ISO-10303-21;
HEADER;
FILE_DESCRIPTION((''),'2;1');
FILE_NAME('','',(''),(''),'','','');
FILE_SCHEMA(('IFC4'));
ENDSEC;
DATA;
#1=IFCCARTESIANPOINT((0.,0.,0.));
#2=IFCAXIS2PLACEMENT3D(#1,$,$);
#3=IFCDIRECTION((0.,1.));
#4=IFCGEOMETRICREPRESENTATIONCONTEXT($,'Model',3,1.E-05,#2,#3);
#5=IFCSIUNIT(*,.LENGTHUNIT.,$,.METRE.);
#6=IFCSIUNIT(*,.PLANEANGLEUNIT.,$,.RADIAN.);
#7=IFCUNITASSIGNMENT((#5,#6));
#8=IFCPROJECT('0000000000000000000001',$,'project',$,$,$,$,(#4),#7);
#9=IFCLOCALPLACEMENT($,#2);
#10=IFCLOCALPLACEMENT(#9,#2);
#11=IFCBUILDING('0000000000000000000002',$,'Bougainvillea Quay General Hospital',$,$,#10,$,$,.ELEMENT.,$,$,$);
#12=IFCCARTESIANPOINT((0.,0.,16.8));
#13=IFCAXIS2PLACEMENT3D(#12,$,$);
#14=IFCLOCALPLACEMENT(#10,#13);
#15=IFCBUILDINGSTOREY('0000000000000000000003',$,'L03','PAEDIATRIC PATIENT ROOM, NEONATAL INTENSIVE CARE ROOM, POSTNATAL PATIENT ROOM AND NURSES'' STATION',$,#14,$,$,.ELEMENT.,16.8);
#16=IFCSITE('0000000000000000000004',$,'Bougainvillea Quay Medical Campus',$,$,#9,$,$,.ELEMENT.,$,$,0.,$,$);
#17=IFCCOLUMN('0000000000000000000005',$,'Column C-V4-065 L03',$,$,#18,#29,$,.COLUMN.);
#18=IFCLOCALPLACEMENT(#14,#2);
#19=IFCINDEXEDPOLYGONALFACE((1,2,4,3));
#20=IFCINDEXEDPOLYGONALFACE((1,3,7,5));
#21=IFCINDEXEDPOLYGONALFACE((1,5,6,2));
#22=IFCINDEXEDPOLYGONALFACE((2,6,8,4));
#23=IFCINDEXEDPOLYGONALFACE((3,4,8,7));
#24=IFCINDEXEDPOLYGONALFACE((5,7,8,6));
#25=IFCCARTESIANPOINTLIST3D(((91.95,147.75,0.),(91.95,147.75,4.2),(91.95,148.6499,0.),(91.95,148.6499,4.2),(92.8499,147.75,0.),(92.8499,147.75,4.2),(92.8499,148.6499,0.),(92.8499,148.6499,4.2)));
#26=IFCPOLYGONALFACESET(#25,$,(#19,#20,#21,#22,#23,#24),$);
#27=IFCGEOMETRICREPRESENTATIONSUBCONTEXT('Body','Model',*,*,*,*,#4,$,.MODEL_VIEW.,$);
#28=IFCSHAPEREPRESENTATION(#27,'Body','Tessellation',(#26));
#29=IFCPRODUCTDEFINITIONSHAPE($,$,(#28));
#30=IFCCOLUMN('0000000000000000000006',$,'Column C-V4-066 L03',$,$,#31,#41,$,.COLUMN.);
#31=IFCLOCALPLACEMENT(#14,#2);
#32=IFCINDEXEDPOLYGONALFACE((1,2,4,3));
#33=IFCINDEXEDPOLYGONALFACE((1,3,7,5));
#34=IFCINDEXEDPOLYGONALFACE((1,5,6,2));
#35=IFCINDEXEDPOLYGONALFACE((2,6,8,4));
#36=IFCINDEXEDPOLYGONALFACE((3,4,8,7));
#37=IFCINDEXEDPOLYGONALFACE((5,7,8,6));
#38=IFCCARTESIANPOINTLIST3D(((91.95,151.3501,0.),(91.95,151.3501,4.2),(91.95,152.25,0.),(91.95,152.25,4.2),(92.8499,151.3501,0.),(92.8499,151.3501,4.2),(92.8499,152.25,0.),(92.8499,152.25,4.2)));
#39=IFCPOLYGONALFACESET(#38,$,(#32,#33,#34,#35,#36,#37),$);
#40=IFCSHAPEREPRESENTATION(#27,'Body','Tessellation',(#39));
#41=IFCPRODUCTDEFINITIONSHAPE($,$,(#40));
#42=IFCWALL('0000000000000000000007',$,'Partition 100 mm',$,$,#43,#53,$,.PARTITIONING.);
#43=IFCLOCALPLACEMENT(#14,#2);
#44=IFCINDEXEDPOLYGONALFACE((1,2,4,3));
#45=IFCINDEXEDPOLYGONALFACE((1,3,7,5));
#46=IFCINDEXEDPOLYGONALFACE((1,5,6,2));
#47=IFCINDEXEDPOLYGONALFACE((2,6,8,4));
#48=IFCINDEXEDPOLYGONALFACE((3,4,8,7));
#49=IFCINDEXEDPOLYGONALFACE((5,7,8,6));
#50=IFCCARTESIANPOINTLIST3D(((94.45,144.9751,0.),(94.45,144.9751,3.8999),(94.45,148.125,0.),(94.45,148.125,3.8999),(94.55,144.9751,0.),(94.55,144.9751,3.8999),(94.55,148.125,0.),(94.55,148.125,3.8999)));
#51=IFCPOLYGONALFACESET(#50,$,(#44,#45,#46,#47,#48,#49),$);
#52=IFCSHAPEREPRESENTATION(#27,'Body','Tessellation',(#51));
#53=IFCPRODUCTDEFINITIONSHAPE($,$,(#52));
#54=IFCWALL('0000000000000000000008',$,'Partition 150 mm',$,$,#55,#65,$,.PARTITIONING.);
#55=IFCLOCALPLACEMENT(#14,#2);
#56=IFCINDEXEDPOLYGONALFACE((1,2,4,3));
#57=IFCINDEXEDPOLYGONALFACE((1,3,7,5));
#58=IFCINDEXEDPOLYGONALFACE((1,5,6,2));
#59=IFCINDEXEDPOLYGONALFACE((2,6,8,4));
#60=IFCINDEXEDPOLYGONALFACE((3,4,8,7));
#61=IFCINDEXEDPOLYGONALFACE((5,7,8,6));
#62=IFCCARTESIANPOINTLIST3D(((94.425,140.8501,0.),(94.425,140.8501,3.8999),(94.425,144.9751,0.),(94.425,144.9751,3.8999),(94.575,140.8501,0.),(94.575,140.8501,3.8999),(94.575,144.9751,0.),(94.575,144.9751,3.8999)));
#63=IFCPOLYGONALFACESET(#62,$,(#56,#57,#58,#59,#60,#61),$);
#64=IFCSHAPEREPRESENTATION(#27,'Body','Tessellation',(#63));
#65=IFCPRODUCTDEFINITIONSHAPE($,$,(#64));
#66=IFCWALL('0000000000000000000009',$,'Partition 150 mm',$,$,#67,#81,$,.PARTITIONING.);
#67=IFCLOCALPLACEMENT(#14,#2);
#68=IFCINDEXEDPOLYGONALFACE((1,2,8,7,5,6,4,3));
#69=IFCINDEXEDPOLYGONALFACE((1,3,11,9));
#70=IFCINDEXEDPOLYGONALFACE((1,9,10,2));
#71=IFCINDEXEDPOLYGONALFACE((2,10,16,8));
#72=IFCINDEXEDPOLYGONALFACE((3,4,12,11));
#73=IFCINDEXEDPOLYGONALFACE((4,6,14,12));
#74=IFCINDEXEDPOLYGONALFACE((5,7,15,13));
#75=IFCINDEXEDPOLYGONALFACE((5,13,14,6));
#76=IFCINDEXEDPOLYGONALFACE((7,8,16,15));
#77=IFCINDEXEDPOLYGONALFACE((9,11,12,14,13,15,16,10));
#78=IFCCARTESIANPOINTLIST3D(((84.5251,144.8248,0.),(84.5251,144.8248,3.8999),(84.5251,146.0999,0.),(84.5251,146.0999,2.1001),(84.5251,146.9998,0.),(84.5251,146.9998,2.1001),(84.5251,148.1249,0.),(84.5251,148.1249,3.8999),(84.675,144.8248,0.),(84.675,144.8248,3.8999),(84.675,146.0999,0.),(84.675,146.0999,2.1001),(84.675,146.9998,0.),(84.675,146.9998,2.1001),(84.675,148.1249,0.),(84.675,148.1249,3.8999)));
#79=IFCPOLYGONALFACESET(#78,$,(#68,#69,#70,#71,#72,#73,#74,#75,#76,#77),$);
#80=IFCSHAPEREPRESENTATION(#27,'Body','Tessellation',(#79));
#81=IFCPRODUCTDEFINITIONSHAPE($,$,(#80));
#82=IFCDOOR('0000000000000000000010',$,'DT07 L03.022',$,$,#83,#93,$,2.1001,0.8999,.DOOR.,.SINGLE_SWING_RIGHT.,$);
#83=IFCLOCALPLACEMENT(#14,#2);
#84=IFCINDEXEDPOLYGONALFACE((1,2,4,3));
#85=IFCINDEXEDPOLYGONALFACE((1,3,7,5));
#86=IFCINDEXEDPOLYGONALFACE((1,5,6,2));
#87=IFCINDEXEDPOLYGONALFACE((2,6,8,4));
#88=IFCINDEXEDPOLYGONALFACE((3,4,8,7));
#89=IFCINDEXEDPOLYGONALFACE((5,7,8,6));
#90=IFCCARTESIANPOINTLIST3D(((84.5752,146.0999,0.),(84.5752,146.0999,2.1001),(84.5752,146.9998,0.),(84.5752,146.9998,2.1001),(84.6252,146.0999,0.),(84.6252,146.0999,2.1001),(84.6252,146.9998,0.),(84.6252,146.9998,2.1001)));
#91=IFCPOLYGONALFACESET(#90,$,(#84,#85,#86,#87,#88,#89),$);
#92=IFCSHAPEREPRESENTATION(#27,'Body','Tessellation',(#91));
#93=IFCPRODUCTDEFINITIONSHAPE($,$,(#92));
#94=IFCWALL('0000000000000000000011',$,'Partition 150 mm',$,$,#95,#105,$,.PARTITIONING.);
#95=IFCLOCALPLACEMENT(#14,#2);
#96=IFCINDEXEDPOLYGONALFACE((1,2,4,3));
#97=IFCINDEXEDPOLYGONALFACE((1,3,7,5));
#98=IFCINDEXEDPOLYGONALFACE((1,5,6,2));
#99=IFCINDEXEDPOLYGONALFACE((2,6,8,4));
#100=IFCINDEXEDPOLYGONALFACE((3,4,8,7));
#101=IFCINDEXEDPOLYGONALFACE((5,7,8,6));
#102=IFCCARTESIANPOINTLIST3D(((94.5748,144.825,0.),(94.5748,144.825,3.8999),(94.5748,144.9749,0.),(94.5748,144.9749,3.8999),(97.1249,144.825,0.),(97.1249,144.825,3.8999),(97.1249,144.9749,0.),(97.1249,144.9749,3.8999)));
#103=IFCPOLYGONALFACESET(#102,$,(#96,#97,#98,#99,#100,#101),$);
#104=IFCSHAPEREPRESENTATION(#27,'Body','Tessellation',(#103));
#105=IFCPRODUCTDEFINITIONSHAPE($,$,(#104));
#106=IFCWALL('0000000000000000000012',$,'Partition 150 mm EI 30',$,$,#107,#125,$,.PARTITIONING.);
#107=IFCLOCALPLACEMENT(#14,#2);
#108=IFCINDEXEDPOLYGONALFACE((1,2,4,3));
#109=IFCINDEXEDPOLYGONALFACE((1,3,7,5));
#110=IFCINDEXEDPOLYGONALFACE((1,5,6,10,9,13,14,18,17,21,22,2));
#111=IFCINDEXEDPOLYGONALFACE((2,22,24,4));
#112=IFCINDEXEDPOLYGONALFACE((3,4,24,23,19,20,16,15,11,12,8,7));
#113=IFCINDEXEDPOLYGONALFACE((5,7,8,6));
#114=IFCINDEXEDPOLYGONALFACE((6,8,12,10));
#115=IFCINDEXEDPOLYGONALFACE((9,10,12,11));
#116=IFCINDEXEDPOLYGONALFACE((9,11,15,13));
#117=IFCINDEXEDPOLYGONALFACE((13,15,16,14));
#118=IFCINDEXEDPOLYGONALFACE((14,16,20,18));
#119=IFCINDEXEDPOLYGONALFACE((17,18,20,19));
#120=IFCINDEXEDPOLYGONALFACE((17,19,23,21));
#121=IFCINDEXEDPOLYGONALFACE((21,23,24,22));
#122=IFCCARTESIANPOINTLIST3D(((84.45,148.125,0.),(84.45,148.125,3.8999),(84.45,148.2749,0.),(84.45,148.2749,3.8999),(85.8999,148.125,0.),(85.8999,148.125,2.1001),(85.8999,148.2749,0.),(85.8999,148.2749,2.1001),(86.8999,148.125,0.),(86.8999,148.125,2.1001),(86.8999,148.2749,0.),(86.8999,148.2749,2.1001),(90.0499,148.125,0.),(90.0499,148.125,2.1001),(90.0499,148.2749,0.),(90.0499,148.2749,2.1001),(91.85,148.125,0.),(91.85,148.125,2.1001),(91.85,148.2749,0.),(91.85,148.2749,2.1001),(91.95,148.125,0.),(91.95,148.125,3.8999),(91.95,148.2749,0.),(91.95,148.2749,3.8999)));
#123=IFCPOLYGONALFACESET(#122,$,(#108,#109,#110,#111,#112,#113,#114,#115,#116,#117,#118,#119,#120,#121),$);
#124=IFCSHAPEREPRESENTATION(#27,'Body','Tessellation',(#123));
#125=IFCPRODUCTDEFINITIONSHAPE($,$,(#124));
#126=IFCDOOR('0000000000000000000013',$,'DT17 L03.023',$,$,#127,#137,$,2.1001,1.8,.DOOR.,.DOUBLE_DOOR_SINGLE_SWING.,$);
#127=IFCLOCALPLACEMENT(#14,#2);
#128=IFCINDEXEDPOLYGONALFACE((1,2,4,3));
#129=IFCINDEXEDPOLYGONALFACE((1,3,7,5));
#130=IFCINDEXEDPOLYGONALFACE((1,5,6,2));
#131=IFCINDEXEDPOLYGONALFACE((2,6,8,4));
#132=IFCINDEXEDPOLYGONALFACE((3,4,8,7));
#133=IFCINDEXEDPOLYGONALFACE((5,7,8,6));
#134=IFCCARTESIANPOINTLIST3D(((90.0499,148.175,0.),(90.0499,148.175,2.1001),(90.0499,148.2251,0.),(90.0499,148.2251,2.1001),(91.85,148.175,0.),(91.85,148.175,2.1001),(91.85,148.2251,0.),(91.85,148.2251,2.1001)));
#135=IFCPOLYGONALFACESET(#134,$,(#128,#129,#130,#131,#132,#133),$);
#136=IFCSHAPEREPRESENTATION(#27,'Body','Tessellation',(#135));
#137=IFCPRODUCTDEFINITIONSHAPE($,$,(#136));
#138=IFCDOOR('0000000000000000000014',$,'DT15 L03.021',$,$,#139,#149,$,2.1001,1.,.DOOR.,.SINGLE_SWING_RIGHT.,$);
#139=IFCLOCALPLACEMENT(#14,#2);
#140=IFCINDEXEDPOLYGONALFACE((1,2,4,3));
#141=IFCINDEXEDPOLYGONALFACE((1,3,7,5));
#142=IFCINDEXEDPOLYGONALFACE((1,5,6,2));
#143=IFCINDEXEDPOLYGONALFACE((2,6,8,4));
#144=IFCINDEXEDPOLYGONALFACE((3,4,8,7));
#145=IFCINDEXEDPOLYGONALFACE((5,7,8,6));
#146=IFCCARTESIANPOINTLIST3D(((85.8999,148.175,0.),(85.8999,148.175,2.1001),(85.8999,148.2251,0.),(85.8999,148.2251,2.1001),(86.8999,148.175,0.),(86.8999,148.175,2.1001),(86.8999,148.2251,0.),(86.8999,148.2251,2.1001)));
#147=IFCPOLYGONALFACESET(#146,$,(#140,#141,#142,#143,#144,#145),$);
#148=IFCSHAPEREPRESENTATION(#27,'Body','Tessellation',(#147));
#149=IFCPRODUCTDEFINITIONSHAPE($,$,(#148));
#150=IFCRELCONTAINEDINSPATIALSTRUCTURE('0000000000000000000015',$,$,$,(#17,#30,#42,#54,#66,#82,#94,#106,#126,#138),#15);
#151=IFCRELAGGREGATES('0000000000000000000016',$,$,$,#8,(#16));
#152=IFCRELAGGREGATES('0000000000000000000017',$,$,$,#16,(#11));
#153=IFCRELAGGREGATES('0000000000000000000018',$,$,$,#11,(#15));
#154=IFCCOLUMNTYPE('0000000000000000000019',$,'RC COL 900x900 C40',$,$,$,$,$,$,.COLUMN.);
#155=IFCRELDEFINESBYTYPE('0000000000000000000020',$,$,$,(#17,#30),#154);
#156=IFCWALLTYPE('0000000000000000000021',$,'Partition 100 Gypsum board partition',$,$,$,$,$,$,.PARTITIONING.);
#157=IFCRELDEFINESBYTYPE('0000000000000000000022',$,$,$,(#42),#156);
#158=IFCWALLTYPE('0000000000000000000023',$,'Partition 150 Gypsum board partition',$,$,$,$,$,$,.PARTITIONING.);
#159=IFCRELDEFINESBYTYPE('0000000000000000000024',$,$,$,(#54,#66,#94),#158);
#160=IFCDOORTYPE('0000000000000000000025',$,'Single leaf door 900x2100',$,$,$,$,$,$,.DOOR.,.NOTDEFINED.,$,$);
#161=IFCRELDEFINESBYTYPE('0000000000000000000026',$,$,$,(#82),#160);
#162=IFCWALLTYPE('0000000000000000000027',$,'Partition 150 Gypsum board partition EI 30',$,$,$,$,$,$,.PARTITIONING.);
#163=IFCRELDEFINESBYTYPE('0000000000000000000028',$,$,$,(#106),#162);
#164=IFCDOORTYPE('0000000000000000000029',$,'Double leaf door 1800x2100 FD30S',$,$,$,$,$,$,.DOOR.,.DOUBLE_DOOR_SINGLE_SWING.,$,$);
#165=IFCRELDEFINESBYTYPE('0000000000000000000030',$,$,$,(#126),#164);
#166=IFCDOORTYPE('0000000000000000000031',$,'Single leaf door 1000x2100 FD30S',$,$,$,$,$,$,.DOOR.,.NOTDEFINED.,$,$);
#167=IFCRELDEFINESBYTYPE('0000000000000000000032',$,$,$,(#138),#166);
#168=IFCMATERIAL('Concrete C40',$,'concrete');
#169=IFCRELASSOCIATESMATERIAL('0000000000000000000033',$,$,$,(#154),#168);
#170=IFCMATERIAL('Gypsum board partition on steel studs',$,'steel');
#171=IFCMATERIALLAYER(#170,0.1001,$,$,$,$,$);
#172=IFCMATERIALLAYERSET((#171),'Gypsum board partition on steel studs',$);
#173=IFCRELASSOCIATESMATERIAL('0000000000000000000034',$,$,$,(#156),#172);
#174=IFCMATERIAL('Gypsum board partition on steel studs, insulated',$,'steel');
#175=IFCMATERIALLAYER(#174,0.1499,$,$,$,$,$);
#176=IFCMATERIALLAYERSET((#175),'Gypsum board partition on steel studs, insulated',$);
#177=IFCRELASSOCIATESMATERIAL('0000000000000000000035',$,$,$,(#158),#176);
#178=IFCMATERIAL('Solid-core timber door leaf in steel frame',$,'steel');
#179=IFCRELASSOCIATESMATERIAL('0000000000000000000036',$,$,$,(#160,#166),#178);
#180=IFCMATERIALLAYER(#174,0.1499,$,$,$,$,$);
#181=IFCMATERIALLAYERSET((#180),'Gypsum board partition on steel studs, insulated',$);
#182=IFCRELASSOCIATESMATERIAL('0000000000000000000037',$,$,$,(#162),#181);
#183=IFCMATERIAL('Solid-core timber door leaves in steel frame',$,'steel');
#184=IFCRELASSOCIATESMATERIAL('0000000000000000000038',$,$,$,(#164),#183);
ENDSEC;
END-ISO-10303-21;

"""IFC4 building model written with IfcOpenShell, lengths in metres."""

from ifc_helpers import new_model, si_unit, direction, frame, frame_2d, origin, origin_2d, place, context, subcontext, project, spatial, rectangle, extrude, material, layer, layer_set, material_profile, profile_set, type_object, element, fill, save


model = new_model("IFC4")

# Units and contexts
model_context = context("Model", 3, precision=1e-05, world=origin(), true_north=direction((0.0, 1.0)))
body_context = subcontext(model_context, "Body", "Model", "MODEL_VIEW")
ifc_project = project(units=[si_unit("LENGTHUNIT", "METRE"), si_unit("PLANEANGLEUNIT", "RADIAN")], contexts=[model_context])

# Site, building, storey
site_placement = place(None, origin())
site = spatial("IfcSite", under=ifc_project, at=site_placement, Name="Bougainvillea Quay Medical Campus", CompositionType="ELEMENT", RefElevation=0.0)
building_placement = place(site_placement, origin())
building = spatial("IfcBuilding", under=site, at=building_placement, Name="Bougainvillea Quay General Hospital", CompositionType="ELEMENT")
storey_placement = place(building_placement, frame((0.0, 0.0, 16.8)))
storey = spatial("IfcBuildingStorey", under=building, at=storey_placement, Name="L03", Description="PAEDIATRIC PATIENT ROOM, NEONATAL INTENSIVE CARE ROOM, POSTNATAL PATIENT ROOM AND NURSES' STATION", CompositionType="ELEMENT", Elevation=16.8)

# Columns
ifc_material_1 = material(Name="Concrete C40", Category="concrete")
ifc_material_profile = material_profile(ifc_material_1, rectangle(XDim=0.8999, YDim=0.8999, at=origin_2d()))
ifc_profile_set = profile_set([ifc_material_profile], Name="Concrete C40")
column_type = type_object("IfcColumnType", Name="RC COL 900x900 C40", PredefinedType="COLUMN", material=ifc_profile_set)
for number, where, z_axis, x_axis, name in (
    (1, (92.3999, 148.2, 0.0), (0.0, 0.0, 1.0), (1.0, 0.0, 0.0), "Column C-V4-065 L03"),
    (2, (92.3999, 151.8, 0.0), (0.0, 0.0, 1.0), (1.0, 0.0, 0.0), "Column C-V4-066 L03"),
):
    element("IfcColumn", number, at=place(storey_placement, frame(where, z_axis=z_axis, x_axis=x_axis)), inside=storey, type_object=column_type, Name=name, PredefinedType="COLUMN", context=body_context, shape_type="SweptSolid", body=[
        extrude(rectangle(XDim=0.8999, YDim=0.8999, at=origin_2d()), origin(), (0.0, 0.0, 1.0), 4.2),
    ])

# Walls
ifc_material_2 = material(Name="Gypsum board partition on steel studs", Category="steel")
ifc_layer_1 = layer(ifc_material_2, 0.1001)
ifc_layer_set_1 = layer_set([ifc_layer_1], Name="Gypsum board partition on steel studs")
wall_type_1 = type_object("IfcWallType", Name="Partition 100 Gypsum board partition", PredefinedType="PARTITIONING", material=ifc_layer_set_1)
wall_1_placement = place(storey_placement, frame((94.5, 144.9751, 0.0), z_axis=(0.0, 0.0, 1.0), x_axis=(0.0, 1.0, 0.0)))
element("IfcWall", 3, at=wall_1_placement, inside=storey, type_object=wall_type_1, Name="Partition 100 mm", PredefinedType="PARTITIONING", context=body_context, shape_type="SweptSolid", body=[
    extrude(rectangle(XDim=3.1499, YDim=0.1001, at=frame_2d((1.575, 0.0))), origin(), (0.0, 0.0, 1.0), 3.8999),
])
ifc_material_3 = material(Name="Gypsum board partition on steel studs, insulated", Category="steel")
ifc_layer_2 = layer(ifc_material_3, 0.1499)
ifc_layer_set_2 = layer_set([ifc_layer_2], Name="Gypsum board partition on steel studs, insulated")
wall_type_2 = type_object("IfcWallType", Name="Partition 150 Gypsum board partition", PredefinedType="PARTITIONING", material=ifc_layer_set_2)
wall_2_placement = place(storey_placement, frame((94.5, 140.8501, 0.0), z_axis=(0.0, 0.0, 1.0), x_axis=(0.0, 1.0, 0.0)))
element("IfcWall", 4, at=wall_2_placement, inside=storey, type_object=wall_type_2, Name="Partition 150 mm", PredefinedType="PARTITIONING", context=body_context, shape_type="SweptSolid", body=[
    extrude(rectangle(XDim=4.125, YDim=0.1499, at=frame_2d((2.0625, 0.0))), origin(), (0.0, 0.0, 1.0), 3.8999),
])

# Wall, opening, door
wall_3_placement = place(storey_placement, frame((84.6001, 144.825, 0.0), z_axis=(0.0, 0.0, 1.0), x_axis=(0.0, 1.0, 0.0)))
wall_3 = element("IfcWall", 5, at=wall_3_placement, inside=storey, type_object=wall_type_2, Name="Partition 150 mm", PredefinedType="PARTITIONING", context=body_context, shape_type="SweptSolid", body=[
    extrude(rectangle(XDim=3.3, YDim=0.1499, at=frame_2d((1.6499, 0.0))), origin(), (0.0, 0.0, 1.0), 3.8999),
])
opening_1_placement = place(wall_3_placement, frame((1.2749, 0.0, 0.0)))
opening_1 = element("IfcOpeningElement", 6, at=opening_1_placement, cuts=wall_3, PredefinedType="OPENING", context=body_context, shape_type="SweptSolid", body=[
    extrude(rectangle(XDim=0.8999, YDim=2.1001, at=frame_2d((0.45, 1.05))), frame((0.0, 0.085, 0.0), z_axis=(0.0, -1.0, 0.0), x_axis=(1.0, 0.0, 0.0)), (0.0, 0.0, 1.0), 0.1699),
])
ifc_material_4 = material(Name="Solid-core timber door leaf in steel frame", Category="steel")
door_type_1 = type_object("IfcDoorType", Name="Single leaf door 900x2100", OperationType="NOTDEFINED", PredefinedType="DOOR", material=ifc_material_4)
door_1_placement = place(opening_1_placement, origin())
door_1 = element("IfcDoor", 7, at=door_1_placement, inside=storey, type_object=door_type_1, Name="DT07 L03.022", OperationType="SINGLE_SWING_RIGHT", OverallHeight=2.1001, OverallWidth=0.8999, PredefinedType="DOOR", context=body_context, shape_type="SweptSolid", body=[
    extrude(rectangle(XDim=0.8999, YDim=2.1001, at=frame_2d((0.45, 1.05))), frame((0.0, 0.0249, 0.0), z_axis=(0.0, -1.0, 0.0), x_axis=(1.0, 0.0, 0.0)), (0.0, 0.0, 1.0), 0.05),
])
fill(opening_1, door_1)

# Wall
wall_4_placement = place(storey_placement, frame((94.575, 144.8999, 0.0), z_axis=(0.0, 0.0, 1.0), x_axis=(1.0, 0.0, 0.0)))
element("IfcWall", 8, at=wall_4_placement, inside=storey, type_object=wall_type_2, Name="Partition 150 mm", PredefinedType="PARTITIONING", context=body_context, shape_type="SweptSolid", body=[
    extrude(rectangle(XDim=2.55, YDim=0.1499, at=frame_2d((1.2749, 0.0))), origin(), (0.0, 0.0, 1.0), 3.8999),
])

# Wall, openings, doors
ifc_layer_3 = layer(ifc_material_3, 0.1499)
ifc_layer_set_3 = layer_set([ifc_layer_3], Name="Gypsum board partition on steel studs, insulated")
wall_type_3 = type_object("IfcWallType", Name="Partition 150 Gypsum board partition EI 30", PredefinedType="PARTITIONING", material=ifc_layer_set_3)
wall_5_placement = place(storey_placement, frame((91.95, 148.2, 0.0), z_axis=(0.0, 0.0, 1.0), x_axis=(-1.0, 0.0, 0.0)))
wall_5 = element("IfcWall", 9, at=wall_5_placement, inside=storey, type_object=wall_type_3, Name="Partition 150 mm EI 30", PredefinedType="PARTITIONING", context=body_context, shape_type="SweptSolid", body=[
    extrude(rectangle(XDim=7.5, YDim=0.1499, at=frame_2d((3.75, 0.0))), origin(), (0.0, 0.0, 1.0), 3.8999),
])
opening_2_placement = place(wall_5_placement, frame((5.05, 0.0, 0.0)))
opening_2 = element("IfcOpeningElement", 10, at=opening_2_placement, cuts=wall_5, PredefinedType="OPENING", context=body_context, shape_type="SweptSolid", body=[
    extrude(rectangle(XDim=1.0, YDim=2.1001, at=frame_2d((0.5, 1.05))), frame((0.0, 0.085, 0.0), z_axis=(0.0, -1.0, 0.0), x_axis=(1.0, 0.0, 0.0)), (0.0, 0.0, 1.0), 0.1699),
])
opening_3_placement = place(wall_5_placement, frame((0.1001, 0.0, 0.0)))
opening_3 = element("IfcOpeningElement", 11, at=opening_3_placement, cuts=wall_5, PredefinedType="OPENING", context=body_context, shape_type="SweptSolid", body=[
    extrude(rectangle(XDim=1.8, YDim=2.1001, at=frame_2d((0.8999, 1.05))), frame((0.0, 0.085, 0.0), z_axis=(0.0, -1.0, 0.0), x_axis=(1.0, 0.0, 0.0)), (0.0, 0.0, 1.0), 0.1699),
])
ifc_material_5 = material(Name="Solid-core timber door leaves in steel frame", Category="steel")
door_type_2 = type_object("IfcDoorType", Name="Double leaf door 1800x2100 FD30S", OperationType="DOUBLE_DOOR_SINGLE_SWING", PredefinedType="DOOR", material=ifc_material_5)
door_2_placement = place(opening_3_placement, origin())
door_2 = element("IfcDoor", 12, at=door_2_placement, inside=storey, type_object=door_type_2, Name="DT17 L03.023", OperationType="DOUBLE_DOOR_SINGLE_SWING", OverallHeight=2.1001, OverallWidth=1.8, PredefinedType="DOOR", context=body_context, shape_type="SweptSolid", body=[
    extrude(rectangle(XDim=1.8, YDim=2.1001, at=frame_2d((0.8999, 1.05))), frame((0.0, 0.0249, 0.0), z_axis=(0.0, -1.0, 0.0), x_axis=(1.0, 0.0, 0.0)), (0.0, 0.0, 1.0), 0.05),
])
fill(opening_3, door_2)
door_type_3 = type_object("IfcDoorType", Name="Single leaf door 1000x2100 FD30S", OperationType="NOTDEFINED", PredefinedType="DOOR", material=ifc_material_4)
door_3_placement = place(opening_2_placement, origin())
door_3 = element("IfcDoor", 13, at=door_3_placement, inside=storey, type_object=door_type_3, Name="DT15 L03.021", OperationType="SINGLE_SWING_RIGHT", OverallHeight=2.1001, OverallWidth=1.0, PredefinedType="DOOR", context=body_context, shape_type="SweptSolid", body=[
    extrude(rectangle(XDim=1.0, YDim=2.1001, at=frame_2d((0.5, 1.05))), frame((0.0, 0.0249, 0.0), z_axis=(0.0, -1.0, 0.0), x_axis=(1.0, 0.0, 0.0)), (0.0, 0.0, 1.0), 0.05),
])
fill(opening_2, door_3)

save(model, "model.ifc")
